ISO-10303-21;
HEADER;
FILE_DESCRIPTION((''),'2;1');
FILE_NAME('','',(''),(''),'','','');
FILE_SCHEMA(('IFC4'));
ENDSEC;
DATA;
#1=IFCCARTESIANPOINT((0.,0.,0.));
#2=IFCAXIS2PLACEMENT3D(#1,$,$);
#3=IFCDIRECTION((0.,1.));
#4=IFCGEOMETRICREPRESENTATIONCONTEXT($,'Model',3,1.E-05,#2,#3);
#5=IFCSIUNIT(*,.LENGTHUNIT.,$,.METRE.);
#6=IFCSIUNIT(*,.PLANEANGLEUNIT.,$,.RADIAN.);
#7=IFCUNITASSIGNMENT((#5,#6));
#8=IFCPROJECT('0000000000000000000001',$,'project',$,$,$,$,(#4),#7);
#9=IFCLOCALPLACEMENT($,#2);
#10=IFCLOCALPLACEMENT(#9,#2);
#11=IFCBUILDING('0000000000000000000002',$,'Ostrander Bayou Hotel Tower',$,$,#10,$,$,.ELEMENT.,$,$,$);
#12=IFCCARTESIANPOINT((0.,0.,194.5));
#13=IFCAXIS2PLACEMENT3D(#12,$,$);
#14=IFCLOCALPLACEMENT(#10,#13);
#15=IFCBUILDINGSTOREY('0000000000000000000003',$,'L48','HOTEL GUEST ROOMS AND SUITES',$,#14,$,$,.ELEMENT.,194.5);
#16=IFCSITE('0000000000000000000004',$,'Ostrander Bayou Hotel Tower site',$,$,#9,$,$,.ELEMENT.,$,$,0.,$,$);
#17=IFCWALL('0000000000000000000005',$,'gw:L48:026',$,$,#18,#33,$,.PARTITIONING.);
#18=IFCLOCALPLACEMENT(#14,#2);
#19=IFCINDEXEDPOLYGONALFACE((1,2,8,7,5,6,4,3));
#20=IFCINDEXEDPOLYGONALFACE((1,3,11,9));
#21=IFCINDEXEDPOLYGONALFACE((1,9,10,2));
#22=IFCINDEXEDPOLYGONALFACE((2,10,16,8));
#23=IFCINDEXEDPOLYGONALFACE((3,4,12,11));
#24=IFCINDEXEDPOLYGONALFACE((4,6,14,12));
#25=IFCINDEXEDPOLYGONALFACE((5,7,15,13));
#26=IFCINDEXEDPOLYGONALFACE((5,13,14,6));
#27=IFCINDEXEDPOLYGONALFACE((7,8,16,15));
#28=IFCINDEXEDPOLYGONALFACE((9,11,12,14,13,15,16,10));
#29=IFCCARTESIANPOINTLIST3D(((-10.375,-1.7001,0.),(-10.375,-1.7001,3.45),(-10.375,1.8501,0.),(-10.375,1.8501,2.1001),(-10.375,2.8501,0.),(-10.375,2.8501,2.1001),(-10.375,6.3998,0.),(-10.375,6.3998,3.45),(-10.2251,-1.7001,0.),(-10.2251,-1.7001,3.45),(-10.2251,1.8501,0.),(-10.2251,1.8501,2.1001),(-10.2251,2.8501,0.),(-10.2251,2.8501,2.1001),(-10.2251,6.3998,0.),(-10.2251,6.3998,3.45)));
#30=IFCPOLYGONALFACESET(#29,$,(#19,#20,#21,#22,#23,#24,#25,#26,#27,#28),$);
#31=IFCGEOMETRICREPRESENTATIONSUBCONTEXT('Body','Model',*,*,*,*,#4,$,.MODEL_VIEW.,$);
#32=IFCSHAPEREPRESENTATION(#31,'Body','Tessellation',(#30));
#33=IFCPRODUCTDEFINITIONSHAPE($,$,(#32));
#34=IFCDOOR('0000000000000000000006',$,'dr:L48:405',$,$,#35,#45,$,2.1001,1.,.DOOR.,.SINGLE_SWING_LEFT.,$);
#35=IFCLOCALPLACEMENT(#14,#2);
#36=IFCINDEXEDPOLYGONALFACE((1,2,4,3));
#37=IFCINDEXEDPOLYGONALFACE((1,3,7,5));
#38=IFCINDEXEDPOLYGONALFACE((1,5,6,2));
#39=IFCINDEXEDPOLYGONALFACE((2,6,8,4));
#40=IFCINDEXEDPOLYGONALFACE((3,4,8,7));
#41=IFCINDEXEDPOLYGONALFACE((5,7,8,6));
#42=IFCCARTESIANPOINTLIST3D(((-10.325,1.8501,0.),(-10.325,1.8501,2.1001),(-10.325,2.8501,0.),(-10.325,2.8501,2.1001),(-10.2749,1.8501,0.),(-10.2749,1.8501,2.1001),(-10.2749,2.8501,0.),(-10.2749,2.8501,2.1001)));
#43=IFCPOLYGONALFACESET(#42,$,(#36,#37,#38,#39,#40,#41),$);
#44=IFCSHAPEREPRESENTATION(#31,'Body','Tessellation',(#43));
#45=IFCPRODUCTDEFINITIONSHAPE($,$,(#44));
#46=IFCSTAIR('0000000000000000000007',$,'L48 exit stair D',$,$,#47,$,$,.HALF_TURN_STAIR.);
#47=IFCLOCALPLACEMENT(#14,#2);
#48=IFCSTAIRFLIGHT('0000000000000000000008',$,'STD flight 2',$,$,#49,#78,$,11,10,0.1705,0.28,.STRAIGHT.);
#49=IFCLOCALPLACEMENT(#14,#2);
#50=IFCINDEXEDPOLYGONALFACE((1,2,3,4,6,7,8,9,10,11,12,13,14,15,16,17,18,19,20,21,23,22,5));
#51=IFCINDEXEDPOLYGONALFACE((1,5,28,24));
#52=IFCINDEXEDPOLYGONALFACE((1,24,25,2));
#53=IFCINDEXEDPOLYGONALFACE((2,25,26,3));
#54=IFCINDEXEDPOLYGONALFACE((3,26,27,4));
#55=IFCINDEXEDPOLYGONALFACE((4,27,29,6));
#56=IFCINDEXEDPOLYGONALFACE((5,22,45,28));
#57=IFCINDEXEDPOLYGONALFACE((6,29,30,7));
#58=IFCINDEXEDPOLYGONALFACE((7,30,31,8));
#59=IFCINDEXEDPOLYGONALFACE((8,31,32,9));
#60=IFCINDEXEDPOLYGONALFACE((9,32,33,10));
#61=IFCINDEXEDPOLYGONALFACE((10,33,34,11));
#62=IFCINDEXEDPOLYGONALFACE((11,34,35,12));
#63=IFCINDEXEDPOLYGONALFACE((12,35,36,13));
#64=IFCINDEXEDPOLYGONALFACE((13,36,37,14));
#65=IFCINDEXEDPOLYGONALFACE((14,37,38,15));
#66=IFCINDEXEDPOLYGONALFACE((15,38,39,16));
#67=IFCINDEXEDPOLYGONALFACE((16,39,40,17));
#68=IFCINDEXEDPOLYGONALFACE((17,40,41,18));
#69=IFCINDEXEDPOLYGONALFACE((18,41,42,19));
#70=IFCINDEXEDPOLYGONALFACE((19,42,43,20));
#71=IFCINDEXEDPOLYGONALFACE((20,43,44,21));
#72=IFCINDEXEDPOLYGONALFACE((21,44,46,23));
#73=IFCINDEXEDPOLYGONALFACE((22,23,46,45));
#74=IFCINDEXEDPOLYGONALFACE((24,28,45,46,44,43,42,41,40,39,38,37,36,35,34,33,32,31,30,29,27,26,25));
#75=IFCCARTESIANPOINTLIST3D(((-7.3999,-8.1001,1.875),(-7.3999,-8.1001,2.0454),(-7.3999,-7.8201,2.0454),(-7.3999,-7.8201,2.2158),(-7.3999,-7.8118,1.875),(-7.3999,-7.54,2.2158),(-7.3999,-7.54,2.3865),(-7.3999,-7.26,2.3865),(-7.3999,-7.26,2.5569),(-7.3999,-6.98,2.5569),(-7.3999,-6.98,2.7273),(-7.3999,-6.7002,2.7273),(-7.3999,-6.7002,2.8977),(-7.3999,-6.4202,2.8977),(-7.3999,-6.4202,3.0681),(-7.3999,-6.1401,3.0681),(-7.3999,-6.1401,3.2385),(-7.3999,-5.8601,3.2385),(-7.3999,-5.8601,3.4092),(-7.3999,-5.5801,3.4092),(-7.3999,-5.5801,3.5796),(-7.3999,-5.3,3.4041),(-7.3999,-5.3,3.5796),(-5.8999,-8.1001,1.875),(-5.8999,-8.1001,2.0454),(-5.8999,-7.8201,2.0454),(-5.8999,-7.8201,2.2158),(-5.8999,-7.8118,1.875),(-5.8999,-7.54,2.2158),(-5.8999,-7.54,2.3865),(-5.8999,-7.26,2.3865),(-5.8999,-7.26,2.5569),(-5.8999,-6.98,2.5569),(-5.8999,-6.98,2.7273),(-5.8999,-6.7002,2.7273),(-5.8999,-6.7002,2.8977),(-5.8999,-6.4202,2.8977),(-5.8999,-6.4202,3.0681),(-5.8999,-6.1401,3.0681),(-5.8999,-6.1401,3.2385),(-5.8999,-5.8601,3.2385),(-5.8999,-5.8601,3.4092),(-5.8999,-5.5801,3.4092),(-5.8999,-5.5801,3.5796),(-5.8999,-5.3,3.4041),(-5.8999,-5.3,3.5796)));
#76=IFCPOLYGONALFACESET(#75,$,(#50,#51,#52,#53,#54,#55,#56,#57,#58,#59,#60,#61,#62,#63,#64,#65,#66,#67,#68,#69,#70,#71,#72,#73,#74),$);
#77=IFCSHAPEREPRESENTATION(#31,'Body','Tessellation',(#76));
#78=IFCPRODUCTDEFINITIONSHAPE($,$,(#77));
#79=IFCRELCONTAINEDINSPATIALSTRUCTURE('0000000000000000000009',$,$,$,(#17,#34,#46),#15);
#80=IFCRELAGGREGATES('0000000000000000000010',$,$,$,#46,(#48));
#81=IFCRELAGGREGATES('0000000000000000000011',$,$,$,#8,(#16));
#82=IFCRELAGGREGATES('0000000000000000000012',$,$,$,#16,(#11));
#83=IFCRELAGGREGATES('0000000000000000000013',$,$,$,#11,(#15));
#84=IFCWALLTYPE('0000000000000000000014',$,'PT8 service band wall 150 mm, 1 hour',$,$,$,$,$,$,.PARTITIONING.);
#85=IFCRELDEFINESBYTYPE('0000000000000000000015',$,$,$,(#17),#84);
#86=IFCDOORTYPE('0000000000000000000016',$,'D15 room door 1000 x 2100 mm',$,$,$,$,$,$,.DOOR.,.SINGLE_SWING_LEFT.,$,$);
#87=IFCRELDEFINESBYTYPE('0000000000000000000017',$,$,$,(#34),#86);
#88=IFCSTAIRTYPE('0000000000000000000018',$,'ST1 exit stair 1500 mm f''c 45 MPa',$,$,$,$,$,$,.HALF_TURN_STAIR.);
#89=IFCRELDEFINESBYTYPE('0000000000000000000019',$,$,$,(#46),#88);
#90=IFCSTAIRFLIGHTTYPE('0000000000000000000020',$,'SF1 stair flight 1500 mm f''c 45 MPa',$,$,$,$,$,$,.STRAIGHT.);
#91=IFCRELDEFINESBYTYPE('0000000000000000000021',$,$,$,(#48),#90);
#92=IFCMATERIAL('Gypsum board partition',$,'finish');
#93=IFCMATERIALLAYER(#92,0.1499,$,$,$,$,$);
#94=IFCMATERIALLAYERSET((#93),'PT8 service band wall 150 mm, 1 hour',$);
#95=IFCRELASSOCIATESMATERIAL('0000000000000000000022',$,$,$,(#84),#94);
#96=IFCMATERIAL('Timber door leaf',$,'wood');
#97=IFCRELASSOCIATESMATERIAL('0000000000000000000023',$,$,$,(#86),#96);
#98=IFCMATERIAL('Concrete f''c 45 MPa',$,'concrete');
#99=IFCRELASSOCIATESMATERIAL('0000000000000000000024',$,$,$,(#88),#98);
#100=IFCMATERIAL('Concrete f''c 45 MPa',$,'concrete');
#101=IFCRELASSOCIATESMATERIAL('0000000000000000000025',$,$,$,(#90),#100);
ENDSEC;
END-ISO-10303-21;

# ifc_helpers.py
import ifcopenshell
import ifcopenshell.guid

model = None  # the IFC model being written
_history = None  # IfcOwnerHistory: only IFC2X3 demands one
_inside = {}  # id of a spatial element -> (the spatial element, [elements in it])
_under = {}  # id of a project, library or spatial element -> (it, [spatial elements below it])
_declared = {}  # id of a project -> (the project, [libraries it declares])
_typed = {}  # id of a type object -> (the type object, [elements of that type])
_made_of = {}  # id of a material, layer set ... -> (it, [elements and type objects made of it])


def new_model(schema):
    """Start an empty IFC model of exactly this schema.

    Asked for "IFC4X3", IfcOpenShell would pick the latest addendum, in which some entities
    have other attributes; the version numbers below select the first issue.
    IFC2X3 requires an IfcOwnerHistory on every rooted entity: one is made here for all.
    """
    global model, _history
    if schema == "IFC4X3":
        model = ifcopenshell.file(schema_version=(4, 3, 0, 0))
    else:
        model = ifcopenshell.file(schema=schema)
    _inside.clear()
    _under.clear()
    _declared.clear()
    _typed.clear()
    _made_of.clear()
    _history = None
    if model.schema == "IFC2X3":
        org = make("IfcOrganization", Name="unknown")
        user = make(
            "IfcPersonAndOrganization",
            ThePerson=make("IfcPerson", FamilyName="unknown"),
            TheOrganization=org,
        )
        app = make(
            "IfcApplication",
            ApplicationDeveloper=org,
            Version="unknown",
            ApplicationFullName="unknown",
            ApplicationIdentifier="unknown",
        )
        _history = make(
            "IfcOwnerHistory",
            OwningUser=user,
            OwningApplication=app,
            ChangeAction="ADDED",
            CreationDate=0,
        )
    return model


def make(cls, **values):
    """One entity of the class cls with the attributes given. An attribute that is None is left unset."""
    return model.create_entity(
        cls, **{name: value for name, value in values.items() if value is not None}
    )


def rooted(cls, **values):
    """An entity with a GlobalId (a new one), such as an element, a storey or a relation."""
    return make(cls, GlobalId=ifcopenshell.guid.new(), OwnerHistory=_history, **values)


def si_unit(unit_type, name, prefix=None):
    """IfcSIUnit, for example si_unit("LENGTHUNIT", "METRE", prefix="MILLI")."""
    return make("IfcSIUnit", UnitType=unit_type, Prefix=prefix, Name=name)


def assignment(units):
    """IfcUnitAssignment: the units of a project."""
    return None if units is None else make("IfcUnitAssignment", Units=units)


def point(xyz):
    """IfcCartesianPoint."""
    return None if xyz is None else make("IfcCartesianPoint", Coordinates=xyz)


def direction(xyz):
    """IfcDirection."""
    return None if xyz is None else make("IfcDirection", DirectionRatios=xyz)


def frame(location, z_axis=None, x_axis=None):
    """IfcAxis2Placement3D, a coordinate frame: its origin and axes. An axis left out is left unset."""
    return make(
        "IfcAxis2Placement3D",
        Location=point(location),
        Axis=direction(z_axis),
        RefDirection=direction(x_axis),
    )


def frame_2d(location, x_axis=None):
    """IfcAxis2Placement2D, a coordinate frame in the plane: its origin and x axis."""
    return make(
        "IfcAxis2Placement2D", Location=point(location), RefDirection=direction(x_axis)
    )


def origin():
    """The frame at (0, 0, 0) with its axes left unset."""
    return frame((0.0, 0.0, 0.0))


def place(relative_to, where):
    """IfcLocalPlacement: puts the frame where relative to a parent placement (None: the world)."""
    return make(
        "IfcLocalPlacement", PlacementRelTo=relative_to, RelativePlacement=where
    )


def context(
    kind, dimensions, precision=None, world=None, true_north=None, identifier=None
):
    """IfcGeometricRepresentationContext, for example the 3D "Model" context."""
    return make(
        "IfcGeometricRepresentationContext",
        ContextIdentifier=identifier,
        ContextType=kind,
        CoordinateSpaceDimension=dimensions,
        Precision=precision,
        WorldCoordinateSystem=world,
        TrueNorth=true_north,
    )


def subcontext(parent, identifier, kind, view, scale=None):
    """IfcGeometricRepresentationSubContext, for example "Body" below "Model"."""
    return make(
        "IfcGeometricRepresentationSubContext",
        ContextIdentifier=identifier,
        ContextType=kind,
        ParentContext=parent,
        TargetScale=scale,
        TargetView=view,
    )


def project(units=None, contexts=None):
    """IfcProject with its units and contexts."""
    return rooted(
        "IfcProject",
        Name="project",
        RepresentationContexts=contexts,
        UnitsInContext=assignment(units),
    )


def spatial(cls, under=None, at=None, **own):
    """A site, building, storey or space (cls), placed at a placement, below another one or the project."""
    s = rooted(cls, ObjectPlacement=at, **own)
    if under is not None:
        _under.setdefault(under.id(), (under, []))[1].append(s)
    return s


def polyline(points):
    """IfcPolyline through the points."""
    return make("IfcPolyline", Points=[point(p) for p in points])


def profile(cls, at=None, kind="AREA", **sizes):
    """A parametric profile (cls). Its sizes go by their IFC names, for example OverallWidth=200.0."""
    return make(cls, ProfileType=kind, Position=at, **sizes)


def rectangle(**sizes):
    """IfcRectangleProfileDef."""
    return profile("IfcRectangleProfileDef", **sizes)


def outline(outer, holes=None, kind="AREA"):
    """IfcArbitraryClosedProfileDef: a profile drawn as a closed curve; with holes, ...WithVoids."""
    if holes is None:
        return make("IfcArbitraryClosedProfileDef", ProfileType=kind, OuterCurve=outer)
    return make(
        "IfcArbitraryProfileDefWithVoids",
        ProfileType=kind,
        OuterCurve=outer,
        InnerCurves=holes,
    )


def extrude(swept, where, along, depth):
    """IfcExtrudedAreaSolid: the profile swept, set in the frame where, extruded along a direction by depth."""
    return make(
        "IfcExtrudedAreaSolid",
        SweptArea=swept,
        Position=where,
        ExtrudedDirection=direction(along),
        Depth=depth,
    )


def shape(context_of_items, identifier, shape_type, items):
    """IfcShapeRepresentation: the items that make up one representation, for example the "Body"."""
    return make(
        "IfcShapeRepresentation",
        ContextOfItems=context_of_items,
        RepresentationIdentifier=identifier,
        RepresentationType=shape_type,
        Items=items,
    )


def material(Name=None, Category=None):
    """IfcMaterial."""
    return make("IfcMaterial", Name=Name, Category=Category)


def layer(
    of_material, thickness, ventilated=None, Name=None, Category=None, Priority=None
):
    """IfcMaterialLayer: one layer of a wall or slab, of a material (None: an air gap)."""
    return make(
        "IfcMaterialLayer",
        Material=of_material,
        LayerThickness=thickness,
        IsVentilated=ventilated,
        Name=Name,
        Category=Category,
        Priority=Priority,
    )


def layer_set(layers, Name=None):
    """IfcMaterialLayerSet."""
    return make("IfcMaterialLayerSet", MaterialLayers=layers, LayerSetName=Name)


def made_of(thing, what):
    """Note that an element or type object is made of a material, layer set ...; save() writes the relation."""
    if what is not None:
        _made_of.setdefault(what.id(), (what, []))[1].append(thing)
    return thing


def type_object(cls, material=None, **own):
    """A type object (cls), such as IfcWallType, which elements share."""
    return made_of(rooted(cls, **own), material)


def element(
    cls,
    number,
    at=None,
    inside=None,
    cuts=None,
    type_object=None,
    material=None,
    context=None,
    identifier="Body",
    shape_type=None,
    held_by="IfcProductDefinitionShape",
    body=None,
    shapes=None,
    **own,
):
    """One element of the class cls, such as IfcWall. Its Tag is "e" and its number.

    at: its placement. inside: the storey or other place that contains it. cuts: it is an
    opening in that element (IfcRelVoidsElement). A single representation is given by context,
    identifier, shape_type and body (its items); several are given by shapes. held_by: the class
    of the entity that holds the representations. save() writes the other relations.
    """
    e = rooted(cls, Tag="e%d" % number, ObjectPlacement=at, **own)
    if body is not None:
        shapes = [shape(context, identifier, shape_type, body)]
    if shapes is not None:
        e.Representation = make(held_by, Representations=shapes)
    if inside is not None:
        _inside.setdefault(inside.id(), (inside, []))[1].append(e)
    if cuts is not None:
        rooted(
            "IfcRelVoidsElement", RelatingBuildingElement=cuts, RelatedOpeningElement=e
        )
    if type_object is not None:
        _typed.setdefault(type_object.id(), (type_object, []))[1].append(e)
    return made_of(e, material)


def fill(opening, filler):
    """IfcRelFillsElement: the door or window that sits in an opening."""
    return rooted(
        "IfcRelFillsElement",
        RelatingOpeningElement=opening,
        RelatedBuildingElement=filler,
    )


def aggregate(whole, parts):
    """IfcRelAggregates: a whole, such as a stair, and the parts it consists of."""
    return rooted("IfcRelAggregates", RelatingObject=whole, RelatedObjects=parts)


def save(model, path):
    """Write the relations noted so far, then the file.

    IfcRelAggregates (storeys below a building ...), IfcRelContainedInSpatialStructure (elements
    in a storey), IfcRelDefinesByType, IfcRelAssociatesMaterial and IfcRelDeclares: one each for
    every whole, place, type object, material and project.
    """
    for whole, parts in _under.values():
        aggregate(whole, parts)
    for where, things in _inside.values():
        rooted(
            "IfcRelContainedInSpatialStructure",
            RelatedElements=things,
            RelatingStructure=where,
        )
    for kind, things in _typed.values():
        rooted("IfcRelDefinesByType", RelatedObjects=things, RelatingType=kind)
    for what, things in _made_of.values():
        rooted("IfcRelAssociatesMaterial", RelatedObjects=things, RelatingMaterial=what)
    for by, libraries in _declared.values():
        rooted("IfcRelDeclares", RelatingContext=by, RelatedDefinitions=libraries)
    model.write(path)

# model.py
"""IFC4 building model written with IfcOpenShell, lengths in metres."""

from ifc_helpers import new_model, si_unit, direction, frame, frame_2d, origin, place, context, subcontext, project, spatial, polyline, rectangle, outline, extrude, material, layer, layer_set, type_object, element, fill, aggregate, save


model = new_model("IFC4")

# Units and contexts
model_context = context("Model", 3, precision=1e-05, world=origin(), true_north=direction((0.0, 1.0)))
body_context = subcontext(model_context, "Body", "Model", "MODEL_VIEW")
ifc_project = project(units=[si_unit("LENGTHUNIT", "METRE"), si_unit("PLANEANGLEUNIT", "RADIAN")], contexts=[model_context])

# Site, building, storey
site_placement = place(None, origin())
site = spatial("IfcSite", under=ifc_project, at=site_placement, Name="Ostrander Bayou Hotel Tower site", CompositionType="ELEMENT", RefElevation=0.0)
building_placement = place(site_placement, origin())
building = spatial("IfcBuilding", under=site, at=building_placement, Name="Ostrander Bayou Hotel Tower", CompositionType="ELEMENT")
storey_placement = place(building_placement, frame((0.0, 0.0, 194.5)))
storey = spatial("IfcBuildingStorey", under=building, at=storey_placement, Name="L48", Description="HOTEL GUEST ROOMS AND SUITES", CompositionType="ELEMENT", Elevation=194.5)

# Wall, opening, door
ifc_material_1 = material(Name="Gypsum board partition", Category="finish")
ifc_layer_1 = layer(ifc_material_1, 0.1499)
ifc_layer_set_1 = layer_set([ifc_layer_1], Name="PT8 service band wall 150 mm, 1 hour")
wall_type_1 = type_object("IfcWallType", Name="PT8 service band wall 150 mm, 1 hour", PredefinedType="PARTITIONING", material=ifc_layer_set_1)
wall_1_placement = place(storey_placement, frame((-10.3, -1.7, 0.0), z_axis=(0.0, 0.0, 1.0), x_axis=(0.0, 1.0, 0.0)))
wall_1 = element("IfcWall", 1, at=wall_1_placement, inside=storey, type_object=wall_type_1, Name="gw:L48:026", PredefinedType="PARTITIONING", context=body_context, shape_type="SweptSolid", body=[
    extrude(rectangle(XDim=8.0999, YDim=0.1499, at=frame_2d((4.0498, 0.0))), origin(), (0.0, 0.0, 1.0), 3.45),
])
opening_placement = place(wall_1_placement, frame((3.55, 0.0, 0.0)))
opening = element("IfcOpeningElement", 2, at=opening_placement, cuts=wall_1, PredefinedType="OPENING", context=body_context, shape_type="SweptSolid", body=[
    extrude(rectangle(XDim=1.0, YDim=2.1001, at=frame_2d((0.5, 1.05))), frame((0.0, 0.075, 0.0), z_axis=(0.0, -1.0, 0.0), x_axis=(1.0, 0.0, 0.0)), (0.0, 0.0, 1.0), 0.1499),
])
ifc_material_2 = material(Name="Timber door leaf", Category="wood")
door_type = type_object("IfcDoorType", Name="D15 room door 1000 x 2100 mm", OperationType="SINGLE_SWING_LEFT", PredefinedType="DOOR", material=ifc_material_2)
door_placement = place(opening_placement, origin())
door = element("IfcDoor", 3, at=door_placement, inside=storey, type_object=door_type, Name="dr:L48:405", OperationType="SINGLE_SWING_LEFT", OverallHeight=2.1001, OverallWidth=1.0, PredefinedType="DOOR", context=body_context, shape_type="SweptSolid", body=[
    extrude(rectangle(XDim=1.0, YDim=2.1001, at=frame_2d((0.5, 1.05))), frame((0.0, 0.0249, 0.0), z_axis=(0.0, -1.0, 0.0), x_axis=(1.0, 0.0, 0.0)), (0.0, 0.0, 1.0), 0.05),
])
fill(opening, door)

# Stair, stair flight
ifc_material_3 = material(Name="Concrete f'c 45 MPa", Category="concrete")
stair_type = type_object("IfcStairType", Name="ST1 exit stair 1500 mm f'c 45 MPa", PredefinedType="HALF_TURN_STAIR", material=ifc_material_3)
stair_placement = place(storey_placement, origin())
stair = element("IfcStair", 4, at=stair_placement, inside=storey, type_object=stair_type, Name="L48 exit stair D", PredefinedType="HALF_TURN_STAIR")
ifc_material_4 = material(Name="Concrete f'c 45 MPa", Category="concrete")
stair_flight_type = type_object("IfcStairFlightType", Name="SF1 stair flight 1500 mm f'c 45 MPa", PredefinedType="STRAIGHT", material=ifc_material_4)
stair_flight_placement = place(storey_placement, frame((-6.6499, -8.1001, 1.875), z_axis=(0.0, 0.0, 1.0), x_axis=(0.0, 1.0, 0.0)))
stair_flight = element("IfcStairFlight", 5, at=stair_flight_placement, type_object=stair_flight_type, Name="STD flight 2", NumberOfRisers=11, NumberOfTreads=10, PredefinedType="STRAIGHT", RiserHeight=0.1705, TreadLength=0.28, context=body_context, shape_type="SweptSolid", body=[
    extrude(outline(polyline([(0.0, 0.0), (0.0, 0.1704), (0.28, 0.1704), (0.28, 0.3408), (0.5601, 0.3408), (0.5601, 0.5115), (0.8401, 0.5115), (0.8401, 0.6819), (1.1201, 0.6819), (1.1201, 0.8523), (1.3999, 0.8523), (1.3999, 1.0227), (1.6799, 1.0227), (1.6799, 1.1931), (1.96, 1.1931), (1.96, 1.3635), (2.24, 1.3635), (2.24, 1.5342), (2.52, 1.5342), (2.52, 1.7046), (2.8, 1.7046), (2.8, 1.875), (2.8, 1.5291), (0.2883, 0.0), (0.0, 0.0)])), frame((0.0, 0.75, 0.0), z_axis=(0.0, -1.0, 0.0), x_axis=(1.0, 0.0, 0.0)), (0.0, 0.0, 1.0), 1.5),
])
aggregate(stair, [stair_flight])

save(model, "model.ifc")
